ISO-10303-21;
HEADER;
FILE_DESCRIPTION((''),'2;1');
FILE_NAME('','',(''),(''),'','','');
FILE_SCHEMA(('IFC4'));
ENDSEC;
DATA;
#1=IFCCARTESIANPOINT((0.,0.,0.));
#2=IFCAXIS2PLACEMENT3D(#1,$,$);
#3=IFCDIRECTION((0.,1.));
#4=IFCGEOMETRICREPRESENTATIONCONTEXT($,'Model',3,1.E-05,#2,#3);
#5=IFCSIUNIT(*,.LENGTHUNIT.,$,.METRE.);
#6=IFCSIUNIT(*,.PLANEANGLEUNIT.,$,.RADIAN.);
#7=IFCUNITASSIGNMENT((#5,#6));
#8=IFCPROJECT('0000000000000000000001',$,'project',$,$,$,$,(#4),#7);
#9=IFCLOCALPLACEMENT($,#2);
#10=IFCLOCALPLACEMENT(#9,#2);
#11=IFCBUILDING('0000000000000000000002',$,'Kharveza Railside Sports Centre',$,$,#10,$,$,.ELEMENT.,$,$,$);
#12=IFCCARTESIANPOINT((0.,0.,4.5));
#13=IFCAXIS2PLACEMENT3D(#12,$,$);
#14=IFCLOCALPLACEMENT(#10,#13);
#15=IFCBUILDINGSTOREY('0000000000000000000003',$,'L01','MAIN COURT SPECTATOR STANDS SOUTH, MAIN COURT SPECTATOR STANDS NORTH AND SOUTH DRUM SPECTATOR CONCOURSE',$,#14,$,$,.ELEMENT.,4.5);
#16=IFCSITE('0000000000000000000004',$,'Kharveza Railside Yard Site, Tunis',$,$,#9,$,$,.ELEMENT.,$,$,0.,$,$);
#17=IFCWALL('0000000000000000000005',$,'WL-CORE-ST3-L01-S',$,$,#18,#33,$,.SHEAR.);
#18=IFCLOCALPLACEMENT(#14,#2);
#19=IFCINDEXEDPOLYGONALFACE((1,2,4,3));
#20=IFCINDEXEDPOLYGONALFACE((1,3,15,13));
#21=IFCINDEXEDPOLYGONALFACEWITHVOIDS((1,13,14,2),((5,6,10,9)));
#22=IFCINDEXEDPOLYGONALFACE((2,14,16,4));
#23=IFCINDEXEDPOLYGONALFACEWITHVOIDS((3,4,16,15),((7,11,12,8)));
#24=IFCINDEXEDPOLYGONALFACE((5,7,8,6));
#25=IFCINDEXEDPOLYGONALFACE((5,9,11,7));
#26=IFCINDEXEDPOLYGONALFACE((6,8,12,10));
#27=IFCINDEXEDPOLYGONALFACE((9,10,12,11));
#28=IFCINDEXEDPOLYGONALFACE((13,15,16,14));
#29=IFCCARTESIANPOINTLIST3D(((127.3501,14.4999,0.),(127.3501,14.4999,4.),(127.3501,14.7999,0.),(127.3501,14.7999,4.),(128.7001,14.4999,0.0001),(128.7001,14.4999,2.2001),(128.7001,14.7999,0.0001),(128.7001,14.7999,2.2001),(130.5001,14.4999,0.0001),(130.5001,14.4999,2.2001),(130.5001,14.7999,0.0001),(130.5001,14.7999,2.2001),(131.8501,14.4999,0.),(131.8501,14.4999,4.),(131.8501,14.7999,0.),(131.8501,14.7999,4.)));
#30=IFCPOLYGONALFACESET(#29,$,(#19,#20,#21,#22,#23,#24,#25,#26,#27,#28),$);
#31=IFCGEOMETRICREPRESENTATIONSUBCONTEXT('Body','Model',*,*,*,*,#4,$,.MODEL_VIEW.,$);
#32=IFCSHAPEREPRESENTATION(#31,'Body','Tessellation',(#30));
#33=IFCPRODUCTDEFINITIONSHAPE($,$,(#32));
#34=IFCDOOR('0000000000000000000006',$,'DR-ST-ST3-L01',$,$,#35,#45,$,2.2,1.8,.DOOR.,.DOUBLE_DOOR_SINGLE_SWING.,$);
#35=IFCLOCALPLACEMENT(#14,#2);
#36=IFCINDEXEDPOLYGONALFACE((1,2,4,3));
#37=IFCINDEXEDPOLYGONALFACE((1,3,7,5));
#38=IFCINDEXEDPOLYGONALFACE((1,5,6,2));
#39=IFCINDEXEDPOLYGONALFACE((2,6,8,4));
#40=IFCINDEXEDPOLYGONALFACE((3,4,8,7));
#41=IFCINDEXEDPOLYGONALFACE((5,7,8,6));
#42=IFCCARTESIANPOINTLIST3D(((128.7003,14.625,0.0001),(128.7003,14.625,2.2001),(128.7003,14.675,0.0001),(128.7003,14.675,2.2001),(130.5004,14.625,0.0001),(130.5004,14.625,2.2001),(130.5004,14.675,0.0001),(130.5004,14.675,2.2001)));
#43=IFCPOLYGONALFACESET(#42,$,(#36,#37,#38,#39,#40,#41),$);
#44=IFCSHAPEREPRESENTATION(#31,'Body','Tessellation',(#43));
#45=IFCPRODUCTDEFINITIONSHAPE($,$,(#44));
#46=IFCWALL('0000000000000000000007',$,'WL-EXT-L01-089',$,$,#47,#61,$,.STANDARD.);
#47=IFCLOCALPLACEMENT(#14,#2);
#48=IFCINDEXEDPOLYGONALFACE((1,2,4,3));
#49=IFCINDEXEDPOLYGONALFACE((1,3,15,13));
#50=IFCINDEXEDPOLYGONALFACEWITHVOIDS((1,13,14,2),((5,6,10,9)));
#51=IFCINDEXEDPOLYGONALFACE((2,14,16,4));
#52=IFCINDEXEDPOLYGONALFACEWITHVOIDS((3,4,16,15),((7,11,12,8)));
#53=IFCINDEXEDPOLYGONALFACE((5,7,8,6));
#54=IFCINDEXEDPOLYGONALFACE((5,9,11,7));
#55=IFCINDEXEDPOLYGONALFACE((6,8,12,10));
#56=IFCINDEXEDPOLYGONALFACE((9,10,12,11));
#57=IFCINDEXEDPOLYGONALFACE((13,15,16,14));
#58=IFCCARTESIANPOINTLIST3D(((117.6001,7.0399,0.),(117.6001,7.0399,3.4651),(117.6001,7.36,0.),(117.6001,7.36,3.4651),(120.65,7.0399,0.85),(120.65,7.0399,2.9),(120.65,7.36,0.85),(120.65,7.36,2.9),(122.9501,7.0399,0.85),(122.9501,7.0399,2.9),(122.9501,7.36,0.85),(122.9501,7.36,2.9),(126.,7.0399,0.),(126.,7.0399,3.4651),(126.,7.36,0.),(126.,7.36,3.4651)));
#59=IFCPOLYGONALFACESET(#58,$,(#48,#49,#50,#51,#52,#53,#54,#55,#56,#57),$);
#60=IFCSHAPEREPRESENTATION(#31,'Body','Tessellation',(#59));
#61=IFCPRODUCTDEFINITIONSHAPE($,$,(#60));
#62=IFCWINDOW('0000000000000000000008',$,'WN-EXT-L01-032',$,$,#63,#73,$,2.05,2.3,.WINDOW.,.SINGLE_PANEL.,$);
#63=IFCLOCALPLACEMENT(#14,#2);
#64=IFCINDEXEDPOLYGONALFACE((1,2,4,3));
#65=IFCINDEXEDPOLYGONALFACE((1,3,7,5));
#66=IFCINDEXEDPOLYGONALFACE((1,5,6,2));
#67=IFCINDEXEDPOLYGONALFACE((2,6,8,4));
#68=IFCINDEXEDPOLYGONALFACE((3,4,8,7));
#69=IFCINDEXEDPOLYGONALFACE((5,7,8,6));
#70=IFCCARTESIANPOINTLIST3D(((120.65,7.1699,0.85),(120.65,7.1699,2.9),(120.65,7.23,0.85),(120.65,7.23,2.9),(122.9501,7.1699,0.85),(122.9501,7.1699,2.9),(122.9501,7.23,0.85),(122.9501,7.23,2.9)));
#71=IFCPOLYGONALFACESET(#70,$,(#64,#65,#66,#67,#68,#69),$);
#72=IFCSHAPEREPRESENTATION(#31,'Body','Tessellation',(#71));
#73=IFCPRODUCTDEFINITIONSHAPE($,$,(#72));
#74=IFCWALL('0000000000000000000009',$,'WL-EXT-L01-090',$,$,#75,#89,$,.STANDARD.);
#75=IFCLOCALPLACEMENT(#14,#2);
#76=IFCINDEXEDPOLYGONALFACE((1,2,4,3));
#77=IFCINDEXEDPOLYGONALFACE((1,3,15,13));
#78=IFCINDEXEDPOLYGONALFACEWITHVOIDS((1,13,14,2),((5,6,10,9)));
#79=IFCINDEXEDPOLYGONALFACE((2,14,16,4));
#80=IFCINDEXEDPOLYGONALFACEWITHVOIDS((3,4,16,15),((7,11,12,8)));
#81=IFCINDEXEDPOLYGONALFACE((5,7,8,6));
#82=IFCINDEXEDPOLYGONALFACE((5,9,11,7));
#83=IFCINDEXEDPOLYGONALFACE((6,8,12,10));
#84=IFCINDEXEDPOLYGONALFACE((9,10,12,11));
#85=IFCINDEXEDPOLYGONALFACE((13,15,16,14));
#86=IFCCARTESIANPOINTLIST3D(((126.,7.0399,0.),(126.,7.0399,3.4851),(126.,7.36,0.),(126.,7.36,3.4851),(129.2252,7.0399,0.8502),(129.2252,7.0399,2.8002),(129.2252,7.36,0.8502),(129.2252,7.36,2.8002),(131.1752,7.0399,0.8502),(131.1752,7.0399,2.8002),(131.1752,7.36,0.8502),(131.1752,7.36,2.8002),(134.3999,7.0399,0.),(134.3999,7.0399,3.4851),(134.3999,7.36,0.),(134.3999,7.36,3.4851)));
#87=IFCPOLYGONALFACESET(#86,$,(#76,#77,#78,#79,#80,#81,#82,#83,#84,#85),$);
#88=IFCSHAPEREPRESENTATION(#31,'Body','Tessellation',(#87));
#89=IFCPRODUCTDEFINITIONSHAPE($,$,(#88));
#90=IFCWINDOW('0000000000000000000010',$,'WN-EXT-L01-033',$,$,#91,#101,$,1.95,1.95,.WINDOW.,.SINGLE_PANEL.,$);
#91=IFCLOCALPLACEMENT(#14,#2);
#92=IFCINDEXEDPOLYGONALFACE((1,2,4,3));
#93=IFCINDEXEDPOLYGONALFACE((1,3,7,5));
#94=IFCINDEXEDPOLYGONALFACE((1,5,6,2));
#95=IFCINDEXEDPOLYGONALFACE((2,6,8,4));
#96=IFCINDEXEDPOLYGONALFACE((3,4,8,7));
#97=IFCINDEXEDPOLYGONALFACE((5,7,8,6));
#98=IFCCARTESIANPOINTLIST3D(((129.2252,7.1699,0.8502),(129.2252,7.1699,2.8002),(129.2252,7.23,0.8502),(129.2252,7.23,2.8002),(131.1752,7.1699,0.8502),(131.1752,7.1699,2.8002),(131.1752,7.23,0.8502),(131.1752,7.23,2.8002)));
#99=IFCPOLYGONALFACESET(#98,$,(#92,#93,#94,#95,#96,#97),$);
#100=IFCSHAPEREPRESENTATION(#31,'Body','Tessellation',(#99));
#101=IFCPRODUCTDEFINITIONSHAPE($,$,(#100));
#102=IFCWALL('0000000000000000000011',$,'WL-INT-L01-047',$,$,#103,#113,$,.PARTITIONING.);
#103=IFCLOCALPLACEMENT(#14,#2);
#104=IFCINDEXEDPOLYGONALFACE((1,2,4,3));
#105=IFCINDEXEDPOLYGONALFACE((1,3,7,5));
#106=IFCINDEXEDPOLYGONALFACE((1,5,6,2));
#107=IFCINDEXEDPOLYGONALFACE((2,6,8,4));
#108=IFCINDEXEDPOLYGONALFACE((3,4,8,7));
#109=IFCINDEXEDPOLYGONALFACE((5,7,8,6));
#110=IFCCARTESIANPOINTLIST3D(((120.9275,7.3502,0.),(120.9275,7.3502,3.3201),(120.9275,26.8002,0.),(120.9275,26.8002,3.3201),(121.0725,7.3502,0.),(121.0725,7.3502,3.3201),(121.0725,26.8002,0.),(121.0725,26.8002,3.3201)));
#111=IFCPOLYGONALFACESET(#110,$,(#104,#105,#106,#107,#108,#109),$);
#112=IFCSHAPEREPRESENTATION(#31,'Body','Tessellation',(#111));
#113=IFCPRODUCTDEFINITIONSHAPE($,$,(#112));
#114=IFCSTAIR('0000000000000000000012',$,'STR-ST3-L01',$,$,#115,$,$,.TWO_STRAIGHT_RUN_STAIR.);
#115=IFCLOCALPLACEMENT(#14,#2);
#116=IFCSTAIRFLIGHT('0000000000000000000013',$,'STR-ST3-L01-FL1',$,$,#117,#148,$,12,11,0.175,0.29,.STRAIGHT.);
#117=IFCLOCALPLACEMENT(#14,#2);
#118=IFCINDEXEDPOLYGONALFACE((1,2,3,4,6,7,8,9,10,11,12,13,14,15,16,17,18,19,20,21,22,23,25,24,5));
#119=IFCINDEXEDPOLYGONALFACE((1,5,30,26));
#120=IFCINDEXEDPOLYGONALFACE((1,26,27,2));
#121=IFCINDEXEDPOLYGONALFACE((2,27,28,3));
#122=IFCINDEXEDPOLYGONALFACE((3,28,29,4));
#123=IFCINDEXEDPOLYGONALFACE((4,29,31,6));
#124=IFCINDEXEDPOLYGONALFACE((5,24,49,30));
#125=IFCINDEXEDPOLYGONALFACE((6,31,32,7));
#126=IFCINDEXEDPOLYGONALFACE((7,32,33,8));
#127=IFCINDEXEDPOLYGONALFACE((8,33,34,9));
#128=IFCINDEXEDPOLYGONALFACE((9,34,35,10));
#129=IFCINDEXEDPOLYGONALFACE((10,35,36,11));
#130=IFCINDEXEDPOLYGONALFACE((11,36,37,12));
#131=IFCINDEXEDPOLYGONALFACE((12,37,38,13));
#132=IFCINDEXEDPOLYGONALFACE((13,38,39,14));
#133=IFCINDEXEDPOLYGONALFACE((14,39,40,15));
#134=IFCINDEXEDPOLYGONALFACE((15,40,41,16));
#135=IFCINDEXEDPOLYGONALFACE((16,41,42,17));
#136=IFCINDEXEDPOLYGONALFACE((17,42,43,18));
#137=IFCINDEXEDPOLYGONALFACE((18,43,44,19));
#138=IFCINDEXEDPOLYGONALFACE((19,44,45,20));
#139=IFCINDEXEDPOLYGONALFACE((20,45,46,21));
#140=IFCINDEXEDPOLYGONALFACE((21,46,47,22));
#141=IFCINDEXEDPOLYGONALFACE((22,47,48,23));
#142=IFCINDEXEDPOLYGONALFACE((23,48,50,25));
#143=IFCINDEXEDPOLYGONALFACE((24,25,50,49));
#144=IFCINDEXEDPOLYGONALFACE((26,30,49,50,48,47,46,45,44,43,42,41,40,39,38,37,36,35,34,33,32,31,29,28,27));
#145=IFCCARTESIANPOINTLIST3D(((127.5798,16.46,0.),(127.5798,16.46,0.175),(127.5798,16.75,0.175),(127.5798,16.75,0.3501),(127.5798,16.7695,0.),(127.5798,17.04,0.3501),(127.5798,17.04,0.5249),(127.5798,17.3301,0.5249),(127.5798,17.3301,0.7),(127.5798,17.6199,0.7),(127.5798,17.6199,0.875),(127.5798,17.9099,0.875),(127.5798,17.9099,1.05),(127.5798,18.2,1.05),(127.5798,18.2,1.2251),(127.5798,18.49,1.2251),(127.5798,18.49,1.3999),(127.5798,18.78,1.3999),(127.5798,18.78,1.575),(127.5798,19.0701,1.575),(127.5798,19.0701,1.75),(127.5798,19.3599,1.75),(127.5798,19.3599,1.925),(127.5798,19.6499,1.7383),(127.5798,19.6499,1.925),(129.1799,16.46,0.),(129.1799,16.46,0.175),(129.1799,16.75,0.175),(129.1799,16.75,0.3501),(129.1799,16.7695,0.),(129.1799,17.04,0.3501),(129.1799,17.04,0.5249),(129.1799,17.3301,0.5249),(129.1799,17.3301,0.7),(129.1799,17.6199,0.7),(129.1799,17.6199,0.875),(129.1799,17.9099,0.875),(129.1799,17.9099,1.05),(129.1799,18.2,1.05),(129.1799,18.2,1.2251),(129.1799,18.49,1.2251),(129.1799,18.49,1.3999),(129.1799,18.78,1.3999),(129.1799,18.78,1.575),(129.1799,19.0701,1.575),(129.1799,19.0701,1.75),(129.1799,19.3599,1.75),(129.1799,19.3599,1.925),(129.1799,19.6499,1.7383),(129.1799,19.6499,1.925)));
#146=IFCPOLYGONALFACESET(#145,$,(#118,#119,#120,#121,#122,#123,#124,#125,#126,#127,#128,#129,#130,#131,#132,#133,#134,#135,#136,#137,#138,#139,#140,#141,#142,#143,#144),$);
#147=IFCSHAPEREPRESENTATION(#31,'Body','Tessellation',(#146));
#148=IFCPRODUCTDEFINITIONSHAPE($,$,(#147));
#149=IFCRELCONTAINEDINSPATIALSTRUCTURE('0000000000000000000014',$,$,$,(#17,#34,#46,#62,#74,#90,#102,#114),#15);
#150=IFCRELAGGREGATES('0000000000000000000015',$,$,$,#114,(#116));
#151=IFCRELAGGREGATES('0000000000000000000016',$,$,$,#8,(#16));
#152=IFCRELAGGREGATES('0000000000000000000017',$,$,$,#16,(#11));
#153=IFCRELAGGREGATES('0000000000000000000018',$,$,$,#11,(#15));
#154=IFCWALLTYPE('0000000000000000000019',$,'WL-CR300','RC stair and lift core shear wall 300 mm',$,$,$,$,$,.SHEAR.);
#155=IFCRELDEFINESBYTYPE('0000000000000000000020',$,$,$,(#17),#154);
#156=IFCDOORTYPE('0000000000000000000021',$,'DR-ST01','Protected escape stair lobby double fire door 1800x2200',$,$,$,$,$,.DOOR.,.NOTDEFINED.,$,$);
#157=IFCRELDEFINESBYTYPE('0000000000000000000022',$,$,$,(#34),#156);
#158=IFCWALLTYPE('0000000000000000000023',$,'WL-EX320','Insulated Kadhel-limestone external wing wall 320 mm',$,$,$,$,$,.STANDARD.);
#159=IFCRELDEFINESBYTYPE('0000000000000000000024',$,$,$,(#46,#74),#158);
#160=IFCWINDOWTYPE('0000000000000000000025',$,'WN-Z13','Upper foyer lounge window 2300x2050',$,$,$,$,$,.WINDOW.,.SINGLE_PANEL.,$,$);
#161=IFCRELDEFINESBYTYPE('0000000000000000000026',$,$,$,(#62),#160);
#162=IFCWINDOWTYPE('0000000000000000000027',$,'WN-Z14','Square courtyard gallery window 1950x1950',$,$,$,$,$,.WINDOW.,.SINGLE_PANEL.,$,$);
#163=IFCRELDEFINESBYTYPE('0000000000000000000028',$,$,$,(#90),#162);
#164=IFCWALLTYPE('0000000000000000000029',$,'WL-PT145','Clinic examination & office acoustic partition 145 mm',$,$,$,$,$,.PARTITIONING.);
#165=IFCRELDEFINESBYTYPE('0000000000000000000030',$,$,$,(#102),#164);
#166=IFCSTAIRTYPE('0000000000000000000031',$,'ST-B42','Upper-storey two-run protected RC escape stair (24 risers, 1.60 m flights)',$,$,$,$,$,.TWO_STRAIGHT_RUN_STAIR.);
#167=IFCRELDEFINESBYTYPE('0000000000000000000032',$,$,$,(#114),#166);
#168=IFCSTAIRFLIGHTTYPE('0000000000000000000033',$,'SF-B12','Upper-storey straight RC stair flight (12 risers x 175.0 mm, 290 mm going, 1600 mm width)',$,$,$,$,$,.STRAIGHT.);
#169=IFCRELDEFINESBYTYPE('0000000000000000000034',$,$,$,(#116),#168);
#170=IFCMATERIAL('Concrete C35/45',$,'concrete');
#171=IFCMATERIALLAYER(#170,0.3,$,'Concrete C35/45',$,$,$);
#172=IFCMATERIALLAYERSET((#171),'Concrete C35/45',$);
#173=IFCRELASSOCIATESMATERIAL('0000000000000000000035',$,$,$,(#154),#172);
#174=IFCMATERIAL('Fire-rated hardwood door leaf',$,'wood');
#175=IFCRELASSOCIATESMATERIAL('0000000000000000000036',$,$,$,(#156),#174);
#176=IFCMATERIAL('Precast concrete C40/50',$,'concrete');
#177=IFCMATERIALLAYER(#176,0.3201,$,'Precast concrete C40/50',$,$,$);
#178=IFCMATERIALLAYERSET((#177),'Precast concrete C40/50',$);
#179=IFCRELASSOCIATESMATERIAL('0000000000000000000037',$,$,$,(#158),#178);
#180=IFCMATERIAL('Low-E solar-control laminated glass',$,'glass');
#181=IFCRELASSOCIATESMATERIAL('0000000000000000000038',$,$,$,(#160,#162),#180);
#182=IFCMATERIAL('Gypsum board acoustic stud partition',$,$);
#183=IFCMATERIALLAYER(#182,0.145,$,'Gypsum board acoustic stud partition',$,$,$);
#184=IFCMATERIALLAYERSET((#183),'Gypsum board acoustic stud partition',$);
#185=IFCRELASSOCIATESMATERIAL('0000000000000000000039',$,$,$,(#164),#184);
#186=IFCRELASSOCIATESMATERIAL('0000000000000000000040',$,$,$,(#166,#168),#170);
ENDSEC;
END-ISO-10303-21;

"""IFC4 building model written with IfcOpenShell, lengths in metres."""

from ifc_helpers import new_model, si_unit, direction, frame, frame_2d, origin, place, context, subcontext, project, spatial, polyline, rectangle, outline, extrude, material, layer, layer_set, type_object, element, fill, aggregate, save


model = new_model("IFC4")

# Units and contexts
model_context = context("Model", 3, precision=1e-05, world=origin(), true_north=direction((0.0, 1.0)))
body_context = subcontext(model_context, "Body", "Model", "MODEL_VIEW")
ifc_project = project(units=[si_unit("LENGTHUNIT", "METRE"), si_unit("PLANEANGLEUNIT", "RADIAN")], contexts=[model_context])

# Site, building, storey
site_placement = place(None, origin())
site = spatial("IfcSite", under=ifc_project, at=site_placement, Name="Kharveza Railside Yard Site, Tunis", CompositionType="ELEMENT", RefElevation=0.0)
building_placement = place(site_placement, origin())
building = spatial("IfcBuilding", under=site, at=building_placement, Name="Kharveza Railside Sports Centre", CompositionType="ELEMENT")
storey_placement = place(building_placement, frame((0.0, 0.0, 4.5)))
storey = spatial("IfcBuildingStorey", under=building, at=storey_placement, Name="L01", Description="MAIN COURT SPECTATOR STANDS SOUTH, MAIN COURT SPECTATOR STANDS NORTH AND SOUTH DRUM SPECTATOR CONCOURSE", CompositionType="ELEMENT", Elevation=4.5)

# Wall, opening, door
ifc_material_1 = material(Name="Concrete C35/45", Category="concrete")
ifc_layer_1 = layer(ifc_material_1, 0.3, Name="Concrete C35/45")
ifc_layer_set_1 = layer_set([ifc_layer_1], Name="Concrete C35/45")
wall_type_1 = type_object("IfcWallType", Name="WL-CR300", Description="RC stair and lift core shear wall 300 mm", PredefinedType="SHEAR", material=ifc_layer_set_1)
wall_1_placement = place(storey_placement, frame((127.3501, 14.6499, 0.0), z_axis=(0.0, 0.0, 1.0), x_axis=(1.0, 0.0, 0.0)))
wall_1 = element("IfcWall", 1, at=wall_1_placement, inside=storey, type_object=wall_type_1, Name="WL-CORE-ST3-L01-S", PredefinedType="SHEAR", context=body_context, shape_type="SweptSolid", body=[
    extrude(rectangle(XDim=4.5, YDim=0.3, at=frame_2d((2.25, 0.0))), origin(), (0.0, 0.0, 1.0), 4.0),
])
opening_1_placement = place(wall_1_placement, frame((1.3501, 0.0, 0.0)))
opening_1 = element("IfcOpeningElement", 2, at=opening_1_placement, cuts=wall_1, PredefinedType="OPENING", context=body_context, shape_type="SweptSolid", body=[
    extrude(rectangle(XDim=1.8, YDim=2.2, at=frame_2d((0.8999, 1.1001))), frame((0.0, 0.1748, 0.0), z_axis=(0.0, -1.0, 0.0), x_axis=(1.0, 0.0, 0.0)), (0.0, 0.0, 1.0), 0.3499),
])
ifc_material_2 = material(Name="Fire-rated hardwood door leaf", Category="wood")
door_type = type_object("IfcDoorType", Name="DR-ST01", Description="Protected escape stair lobby double fire door 1800x2200", OperationType="NOTDEFINED", PredefinedType="DOOR", material=ifc_material_2)
door_placement = place(opening_1_placement, frame((1.8, 0.0, 0.0), z_axis=(0.0, 0.0, 1.0), x_axis=(-1.0, 0.0, 0.0)))
door = element("IfcDoor", 3, at=door_placement, inside=storey, type_object=door_type, Name="DR-ST-ST3-L01", OperationType="DOUBLE_DOOR_SINGLE_SWING", OverallHeight=2.2, OverallWidth=1.8, PredefinedType="DOOR", context=body_context, shape_type="SweptSolid", body=[
    extrude(rectangle(XDim=1.8, YDim=2.2, at=frame_2d((0.8999, 1.1001))), frame((0.0, 0.0249, 0.0), z_axis=(0.0, -1.0, 0.0), x_axis=(1.0, 0.0, 0.0)), (0.0, 0.0, 1.0), 0.05),
])
fill(opening_1, door)

# Walls, openings, windows
ifc_material_3 = material(Name="Precast concrete C40/50", Category="concrete")
ifc_layer_2 = layer(ifc_material_3, 0.3201, Name="Precast concrete C40/50")
ifc_layer_set_2 = layer_set([ifc_layer_2], Name="Precast concrete C40/50")
wall_type_2 = type_object("IfcWallType", Name="WL-EX320", Description="Insulated Kadhel-limestone external wing wall 320 mm", PredefinedType="STANDARD", material=ifc_layer_set_2)
wall_2_placement = place(storey_placement, frame((117.6001, 7.2, 0.0), z_axis=(0.0, 0.0, 1.0), x_axis=(1.0, 0.0, 0.0)))
wall_2 = element("IfcWall", 4, at=wall_2_placement, inside=storey, type_object=wall_type_2, Name="WL-EXT-L01-089", PredefinedType="STANDARD", context=body_context, shape_type="SweptSolid", body=[
    extrude(rectangle(XDim=8.3999, YDim=0.3201, at=frame_2d((4.2, 0.0))), origin(), (0.0, 0.0, 1.0), 3.4651),
])
opening_2_placement = place(wall_2_placement, frame((3.05, 0.0, 0.8501)))
opening_2 = element("IfcOpeningElement", 5, at=opening_2_placement, cuts=wall_2, PredefinedType="OPENING", context=body_context, shape_type="SweptSolid", body=[
    extrude(rectangle(XDim=2.3, YDim=2.05, at=frame_2d((1.1499, 1.0249))), frame((0.0, 0.1851, 0.0), z_axis=(0.0, -1.0, 0.0), x_axis=(1.0, 0.0, 0.0)), (0.0, 0.0, 1.0), 0.3699),
])
ifc_material_4 = material(Name="Low-E solar-control laminated glass", Category="glass")
window_type_1 = type_object("IfcWindowType", Name="WN-Z13", Description="Upper foyer lounge window 2300x2050", PartitioningType="SINGLE_PANEL", PredefinedType="WINDOW", material=ifc_material_4)
window_1_placement = place(opening_2_placement, origin())
window_1 = element("IfcWindow", 6, at=window_1_placement, inside=storey, type_object=window_type_1, Name="WN-EXT-L01-032", OverallHeight=2.05, OverallWidth=2.3, PartitioningType="SINGLE_PANEL", PredefinedType="WINDOW", context=body_context, shape_type="SweptSolid", body=[
    extrude(rectangle(XDim=2.3, YDim=2.05, at=frame_2d((1.1499, 1.0249))), frame((0.0, 0.03, 0.0), z_axis=(0.0, -1.0, 0.0), x_axis=(1.0, 0.0, 0.0)), (0.0, 0.0, 1.0), 0.0601),
])
fill(opening_2, window_1)
wall_3_placement = place(storey_placement, frame((126.0, 7.2, 0.0), z_axis=(0.0, 0.0, 1.0), x_axis=(1.0, 0.0, 0.0)))
wall_3 = element("IfcWall", 7, at=wall_3_placement, inside=storey, type_object=wall_type_2, Name="WL-EXT-L01-090", PredefinedType="STANDARD", context=body_context, shape_type="SweptSolid", body=[
    extrude(rectangle(XDim=8.3999, YDim=0.3201, at=frame_2d((4.2, 0.0))), origin(), (0.0, 0.0, 1.0), 3.4851),
])
opening_3_placement = place(wall_3_placement, frame((3.2251, 0.0, 0.8501)))
opening_3 = element("IfcOpeningElement", 8, at=opening_3_placement, cuts=wall_3, PredefinedType="OPENING", context=body_context, shape_type="SweptSolid", body=[
    extrude(rectangle(XDim=1.95, YDim=1.95, at=frame_2d((0.9751, 0.9751))), frame((0.0, 0.1851, 0.0), z_axis=(0.0, -1.0, 0.0), x_axis=(1.0, 0.0, 0.0)), (0.0, 0.0, 1.0), 0.3699),
])
window_type_2 = type_object("IfcWindowType", Name="WN-Z14", Description="Square courtyard gallery window 1950x1950", PartitioningType="SINGLE_PANEL", PredefinedType="WINDOW", material=ifc_material_4)
window_2_placement = place(opening_3_placement, origin())
window_2 = element("IfcWindow", 9, at=window_2_placement, inside=storey, type_object=window_type_2, Name="WN-EXT-L01-033", OverallHeight=1.95, OverallWidth=1.95, PartitioningType="SINGLE_PANEL", PredefinedType="WINDOW", context=body_context, shape_type="SweptSolid", body=[
    extrude(rectangle(XDim=1.95, YDim=1.95, at=frame_2d((0.9751, 0.9751))), frame((0.0, 0.03, 0.0), z_axis=(0.0, -1.0, 0.0), x_axis=(1.0, 0.0, 0.0)), (0.0, 0.0, 1.0), 0.0601),
])
fill(opening_3, window_2)

# Wall
ifc_material_5 = material(Name="Gypsum board acoustic stud partition")
ifc_layer_3 = layer(ifc_material_5, 0.145, Name="Gypsum board acoustic stud partition")
ifc_layer_set_3 = layer_set([ifc_layer_3], Name="Gypsum board acoustic stud partition")
wall_type_3 = type_object("IfcWallType", Name="WL-PT145", Description="Clinic examination & office acoustic partition 145 mm", PredefinedType="PARTITIONING", material=ifc_layer_set_3)
wall_4_placement = place(storey_placement, frame((121.0, 7.3501, 0.0), z_axis=(0.0, 0.0, 1.0), x_axis=(0.0, 1.0, 0.0)))
element("IfcWall", 10, at=wall_4_placement, inside=storey, type_object=wall_type_3, Name="WL-INT-L01-047", PredefinedType="PARTITIONING", context=body_context, shape_type="SweptSolid", body=[
    extrude(rectangle(XDim=19.45, YDim=0.145, at=frame_2d((9.7251, 0.0))), origin(), (0.0, 0.0, 1.0), 3.3201),
])

# Stair, stair flight
stair_type = type_object("IfcStairType", Name="ST-B42", Description="Upper-storey two-run protected RC escape stair (24 risers, 1.60 m flights)", PredefinedType="TWO_STRAIGHT_RUN_STAIR", material=ifc_material_1)
stair_placement = place(storey_placement, origin())
stair = element("IfcStair", 11, at=stair_placement, inside=storey, type_object=stair_type, Name="STR-ST3-L01", PredefinedType="TWO_STRAIGHT_RUN_STAIR")
stair_flight_type = type_object("IfcStairFlightType", Name="SF-B12", Description="Upper-storey straight RC stair flight (12 risers x 175.0 mm, 290 mm going, 1600 mm width)", PredefinedType="STRAIGHT", material=ifc_material_1)
stair_flight_placement = place(storey_placement, frame((128.3799, 16.46, 0.0), z_axis=(0.0, 0.0, 1.0), x_axis=(0.0, 1.0, 0.0)))
stair_flight = element("IfcStairFlight", 12, at=stair_flight_placement, type_object=stair_flight_type, Name="STR-ST3-L01-FL1", NumberOfRisers=12, NumberOfTreads=11, PredefinedType="STRAIGHT", RiserHeight=0.175, TreadLength=0.29, context=body_context, shape_type="SweptSolid", body=[
    extrude(outline(polyline([(0.0, 0.0), (0.0, 0.175), (0.29, 0.175), (0.29, 0.3501), (0.5801, 0.3501), (0.5801, 0.5249), (0.8701, 0.5249), (0.8701, 0.7), (1.1599, 0.7), (1.1599, 0.875), (1.45, 0.875), (1.45, 1.05), (1.74, 1.05), (1.74, 1.2251), (2.03, 1.2251), (2.03, 1.3999), (2.3201, 1.3999), (2.3201, 1.575), (2.6101, 1.575), (2.6101, 1.75), (2.8999, 1.75), (2.8999, 1.925), (3.1899, 1.925), (3.1899, 2.1001), (3.1899, 1.7383), (0.3096, 0.0), (0.0, 0.0)])), frame((0.0, 0.8, 0.0), z_axis=(0.0, -1.0, 0.0), x_axis=(1.0, 0.0, 0.0)), (0.0, 0.0, 1.0), 1.6001),
])
aggregate(stair, [stair_flight])

save(model, "model.ifc")
